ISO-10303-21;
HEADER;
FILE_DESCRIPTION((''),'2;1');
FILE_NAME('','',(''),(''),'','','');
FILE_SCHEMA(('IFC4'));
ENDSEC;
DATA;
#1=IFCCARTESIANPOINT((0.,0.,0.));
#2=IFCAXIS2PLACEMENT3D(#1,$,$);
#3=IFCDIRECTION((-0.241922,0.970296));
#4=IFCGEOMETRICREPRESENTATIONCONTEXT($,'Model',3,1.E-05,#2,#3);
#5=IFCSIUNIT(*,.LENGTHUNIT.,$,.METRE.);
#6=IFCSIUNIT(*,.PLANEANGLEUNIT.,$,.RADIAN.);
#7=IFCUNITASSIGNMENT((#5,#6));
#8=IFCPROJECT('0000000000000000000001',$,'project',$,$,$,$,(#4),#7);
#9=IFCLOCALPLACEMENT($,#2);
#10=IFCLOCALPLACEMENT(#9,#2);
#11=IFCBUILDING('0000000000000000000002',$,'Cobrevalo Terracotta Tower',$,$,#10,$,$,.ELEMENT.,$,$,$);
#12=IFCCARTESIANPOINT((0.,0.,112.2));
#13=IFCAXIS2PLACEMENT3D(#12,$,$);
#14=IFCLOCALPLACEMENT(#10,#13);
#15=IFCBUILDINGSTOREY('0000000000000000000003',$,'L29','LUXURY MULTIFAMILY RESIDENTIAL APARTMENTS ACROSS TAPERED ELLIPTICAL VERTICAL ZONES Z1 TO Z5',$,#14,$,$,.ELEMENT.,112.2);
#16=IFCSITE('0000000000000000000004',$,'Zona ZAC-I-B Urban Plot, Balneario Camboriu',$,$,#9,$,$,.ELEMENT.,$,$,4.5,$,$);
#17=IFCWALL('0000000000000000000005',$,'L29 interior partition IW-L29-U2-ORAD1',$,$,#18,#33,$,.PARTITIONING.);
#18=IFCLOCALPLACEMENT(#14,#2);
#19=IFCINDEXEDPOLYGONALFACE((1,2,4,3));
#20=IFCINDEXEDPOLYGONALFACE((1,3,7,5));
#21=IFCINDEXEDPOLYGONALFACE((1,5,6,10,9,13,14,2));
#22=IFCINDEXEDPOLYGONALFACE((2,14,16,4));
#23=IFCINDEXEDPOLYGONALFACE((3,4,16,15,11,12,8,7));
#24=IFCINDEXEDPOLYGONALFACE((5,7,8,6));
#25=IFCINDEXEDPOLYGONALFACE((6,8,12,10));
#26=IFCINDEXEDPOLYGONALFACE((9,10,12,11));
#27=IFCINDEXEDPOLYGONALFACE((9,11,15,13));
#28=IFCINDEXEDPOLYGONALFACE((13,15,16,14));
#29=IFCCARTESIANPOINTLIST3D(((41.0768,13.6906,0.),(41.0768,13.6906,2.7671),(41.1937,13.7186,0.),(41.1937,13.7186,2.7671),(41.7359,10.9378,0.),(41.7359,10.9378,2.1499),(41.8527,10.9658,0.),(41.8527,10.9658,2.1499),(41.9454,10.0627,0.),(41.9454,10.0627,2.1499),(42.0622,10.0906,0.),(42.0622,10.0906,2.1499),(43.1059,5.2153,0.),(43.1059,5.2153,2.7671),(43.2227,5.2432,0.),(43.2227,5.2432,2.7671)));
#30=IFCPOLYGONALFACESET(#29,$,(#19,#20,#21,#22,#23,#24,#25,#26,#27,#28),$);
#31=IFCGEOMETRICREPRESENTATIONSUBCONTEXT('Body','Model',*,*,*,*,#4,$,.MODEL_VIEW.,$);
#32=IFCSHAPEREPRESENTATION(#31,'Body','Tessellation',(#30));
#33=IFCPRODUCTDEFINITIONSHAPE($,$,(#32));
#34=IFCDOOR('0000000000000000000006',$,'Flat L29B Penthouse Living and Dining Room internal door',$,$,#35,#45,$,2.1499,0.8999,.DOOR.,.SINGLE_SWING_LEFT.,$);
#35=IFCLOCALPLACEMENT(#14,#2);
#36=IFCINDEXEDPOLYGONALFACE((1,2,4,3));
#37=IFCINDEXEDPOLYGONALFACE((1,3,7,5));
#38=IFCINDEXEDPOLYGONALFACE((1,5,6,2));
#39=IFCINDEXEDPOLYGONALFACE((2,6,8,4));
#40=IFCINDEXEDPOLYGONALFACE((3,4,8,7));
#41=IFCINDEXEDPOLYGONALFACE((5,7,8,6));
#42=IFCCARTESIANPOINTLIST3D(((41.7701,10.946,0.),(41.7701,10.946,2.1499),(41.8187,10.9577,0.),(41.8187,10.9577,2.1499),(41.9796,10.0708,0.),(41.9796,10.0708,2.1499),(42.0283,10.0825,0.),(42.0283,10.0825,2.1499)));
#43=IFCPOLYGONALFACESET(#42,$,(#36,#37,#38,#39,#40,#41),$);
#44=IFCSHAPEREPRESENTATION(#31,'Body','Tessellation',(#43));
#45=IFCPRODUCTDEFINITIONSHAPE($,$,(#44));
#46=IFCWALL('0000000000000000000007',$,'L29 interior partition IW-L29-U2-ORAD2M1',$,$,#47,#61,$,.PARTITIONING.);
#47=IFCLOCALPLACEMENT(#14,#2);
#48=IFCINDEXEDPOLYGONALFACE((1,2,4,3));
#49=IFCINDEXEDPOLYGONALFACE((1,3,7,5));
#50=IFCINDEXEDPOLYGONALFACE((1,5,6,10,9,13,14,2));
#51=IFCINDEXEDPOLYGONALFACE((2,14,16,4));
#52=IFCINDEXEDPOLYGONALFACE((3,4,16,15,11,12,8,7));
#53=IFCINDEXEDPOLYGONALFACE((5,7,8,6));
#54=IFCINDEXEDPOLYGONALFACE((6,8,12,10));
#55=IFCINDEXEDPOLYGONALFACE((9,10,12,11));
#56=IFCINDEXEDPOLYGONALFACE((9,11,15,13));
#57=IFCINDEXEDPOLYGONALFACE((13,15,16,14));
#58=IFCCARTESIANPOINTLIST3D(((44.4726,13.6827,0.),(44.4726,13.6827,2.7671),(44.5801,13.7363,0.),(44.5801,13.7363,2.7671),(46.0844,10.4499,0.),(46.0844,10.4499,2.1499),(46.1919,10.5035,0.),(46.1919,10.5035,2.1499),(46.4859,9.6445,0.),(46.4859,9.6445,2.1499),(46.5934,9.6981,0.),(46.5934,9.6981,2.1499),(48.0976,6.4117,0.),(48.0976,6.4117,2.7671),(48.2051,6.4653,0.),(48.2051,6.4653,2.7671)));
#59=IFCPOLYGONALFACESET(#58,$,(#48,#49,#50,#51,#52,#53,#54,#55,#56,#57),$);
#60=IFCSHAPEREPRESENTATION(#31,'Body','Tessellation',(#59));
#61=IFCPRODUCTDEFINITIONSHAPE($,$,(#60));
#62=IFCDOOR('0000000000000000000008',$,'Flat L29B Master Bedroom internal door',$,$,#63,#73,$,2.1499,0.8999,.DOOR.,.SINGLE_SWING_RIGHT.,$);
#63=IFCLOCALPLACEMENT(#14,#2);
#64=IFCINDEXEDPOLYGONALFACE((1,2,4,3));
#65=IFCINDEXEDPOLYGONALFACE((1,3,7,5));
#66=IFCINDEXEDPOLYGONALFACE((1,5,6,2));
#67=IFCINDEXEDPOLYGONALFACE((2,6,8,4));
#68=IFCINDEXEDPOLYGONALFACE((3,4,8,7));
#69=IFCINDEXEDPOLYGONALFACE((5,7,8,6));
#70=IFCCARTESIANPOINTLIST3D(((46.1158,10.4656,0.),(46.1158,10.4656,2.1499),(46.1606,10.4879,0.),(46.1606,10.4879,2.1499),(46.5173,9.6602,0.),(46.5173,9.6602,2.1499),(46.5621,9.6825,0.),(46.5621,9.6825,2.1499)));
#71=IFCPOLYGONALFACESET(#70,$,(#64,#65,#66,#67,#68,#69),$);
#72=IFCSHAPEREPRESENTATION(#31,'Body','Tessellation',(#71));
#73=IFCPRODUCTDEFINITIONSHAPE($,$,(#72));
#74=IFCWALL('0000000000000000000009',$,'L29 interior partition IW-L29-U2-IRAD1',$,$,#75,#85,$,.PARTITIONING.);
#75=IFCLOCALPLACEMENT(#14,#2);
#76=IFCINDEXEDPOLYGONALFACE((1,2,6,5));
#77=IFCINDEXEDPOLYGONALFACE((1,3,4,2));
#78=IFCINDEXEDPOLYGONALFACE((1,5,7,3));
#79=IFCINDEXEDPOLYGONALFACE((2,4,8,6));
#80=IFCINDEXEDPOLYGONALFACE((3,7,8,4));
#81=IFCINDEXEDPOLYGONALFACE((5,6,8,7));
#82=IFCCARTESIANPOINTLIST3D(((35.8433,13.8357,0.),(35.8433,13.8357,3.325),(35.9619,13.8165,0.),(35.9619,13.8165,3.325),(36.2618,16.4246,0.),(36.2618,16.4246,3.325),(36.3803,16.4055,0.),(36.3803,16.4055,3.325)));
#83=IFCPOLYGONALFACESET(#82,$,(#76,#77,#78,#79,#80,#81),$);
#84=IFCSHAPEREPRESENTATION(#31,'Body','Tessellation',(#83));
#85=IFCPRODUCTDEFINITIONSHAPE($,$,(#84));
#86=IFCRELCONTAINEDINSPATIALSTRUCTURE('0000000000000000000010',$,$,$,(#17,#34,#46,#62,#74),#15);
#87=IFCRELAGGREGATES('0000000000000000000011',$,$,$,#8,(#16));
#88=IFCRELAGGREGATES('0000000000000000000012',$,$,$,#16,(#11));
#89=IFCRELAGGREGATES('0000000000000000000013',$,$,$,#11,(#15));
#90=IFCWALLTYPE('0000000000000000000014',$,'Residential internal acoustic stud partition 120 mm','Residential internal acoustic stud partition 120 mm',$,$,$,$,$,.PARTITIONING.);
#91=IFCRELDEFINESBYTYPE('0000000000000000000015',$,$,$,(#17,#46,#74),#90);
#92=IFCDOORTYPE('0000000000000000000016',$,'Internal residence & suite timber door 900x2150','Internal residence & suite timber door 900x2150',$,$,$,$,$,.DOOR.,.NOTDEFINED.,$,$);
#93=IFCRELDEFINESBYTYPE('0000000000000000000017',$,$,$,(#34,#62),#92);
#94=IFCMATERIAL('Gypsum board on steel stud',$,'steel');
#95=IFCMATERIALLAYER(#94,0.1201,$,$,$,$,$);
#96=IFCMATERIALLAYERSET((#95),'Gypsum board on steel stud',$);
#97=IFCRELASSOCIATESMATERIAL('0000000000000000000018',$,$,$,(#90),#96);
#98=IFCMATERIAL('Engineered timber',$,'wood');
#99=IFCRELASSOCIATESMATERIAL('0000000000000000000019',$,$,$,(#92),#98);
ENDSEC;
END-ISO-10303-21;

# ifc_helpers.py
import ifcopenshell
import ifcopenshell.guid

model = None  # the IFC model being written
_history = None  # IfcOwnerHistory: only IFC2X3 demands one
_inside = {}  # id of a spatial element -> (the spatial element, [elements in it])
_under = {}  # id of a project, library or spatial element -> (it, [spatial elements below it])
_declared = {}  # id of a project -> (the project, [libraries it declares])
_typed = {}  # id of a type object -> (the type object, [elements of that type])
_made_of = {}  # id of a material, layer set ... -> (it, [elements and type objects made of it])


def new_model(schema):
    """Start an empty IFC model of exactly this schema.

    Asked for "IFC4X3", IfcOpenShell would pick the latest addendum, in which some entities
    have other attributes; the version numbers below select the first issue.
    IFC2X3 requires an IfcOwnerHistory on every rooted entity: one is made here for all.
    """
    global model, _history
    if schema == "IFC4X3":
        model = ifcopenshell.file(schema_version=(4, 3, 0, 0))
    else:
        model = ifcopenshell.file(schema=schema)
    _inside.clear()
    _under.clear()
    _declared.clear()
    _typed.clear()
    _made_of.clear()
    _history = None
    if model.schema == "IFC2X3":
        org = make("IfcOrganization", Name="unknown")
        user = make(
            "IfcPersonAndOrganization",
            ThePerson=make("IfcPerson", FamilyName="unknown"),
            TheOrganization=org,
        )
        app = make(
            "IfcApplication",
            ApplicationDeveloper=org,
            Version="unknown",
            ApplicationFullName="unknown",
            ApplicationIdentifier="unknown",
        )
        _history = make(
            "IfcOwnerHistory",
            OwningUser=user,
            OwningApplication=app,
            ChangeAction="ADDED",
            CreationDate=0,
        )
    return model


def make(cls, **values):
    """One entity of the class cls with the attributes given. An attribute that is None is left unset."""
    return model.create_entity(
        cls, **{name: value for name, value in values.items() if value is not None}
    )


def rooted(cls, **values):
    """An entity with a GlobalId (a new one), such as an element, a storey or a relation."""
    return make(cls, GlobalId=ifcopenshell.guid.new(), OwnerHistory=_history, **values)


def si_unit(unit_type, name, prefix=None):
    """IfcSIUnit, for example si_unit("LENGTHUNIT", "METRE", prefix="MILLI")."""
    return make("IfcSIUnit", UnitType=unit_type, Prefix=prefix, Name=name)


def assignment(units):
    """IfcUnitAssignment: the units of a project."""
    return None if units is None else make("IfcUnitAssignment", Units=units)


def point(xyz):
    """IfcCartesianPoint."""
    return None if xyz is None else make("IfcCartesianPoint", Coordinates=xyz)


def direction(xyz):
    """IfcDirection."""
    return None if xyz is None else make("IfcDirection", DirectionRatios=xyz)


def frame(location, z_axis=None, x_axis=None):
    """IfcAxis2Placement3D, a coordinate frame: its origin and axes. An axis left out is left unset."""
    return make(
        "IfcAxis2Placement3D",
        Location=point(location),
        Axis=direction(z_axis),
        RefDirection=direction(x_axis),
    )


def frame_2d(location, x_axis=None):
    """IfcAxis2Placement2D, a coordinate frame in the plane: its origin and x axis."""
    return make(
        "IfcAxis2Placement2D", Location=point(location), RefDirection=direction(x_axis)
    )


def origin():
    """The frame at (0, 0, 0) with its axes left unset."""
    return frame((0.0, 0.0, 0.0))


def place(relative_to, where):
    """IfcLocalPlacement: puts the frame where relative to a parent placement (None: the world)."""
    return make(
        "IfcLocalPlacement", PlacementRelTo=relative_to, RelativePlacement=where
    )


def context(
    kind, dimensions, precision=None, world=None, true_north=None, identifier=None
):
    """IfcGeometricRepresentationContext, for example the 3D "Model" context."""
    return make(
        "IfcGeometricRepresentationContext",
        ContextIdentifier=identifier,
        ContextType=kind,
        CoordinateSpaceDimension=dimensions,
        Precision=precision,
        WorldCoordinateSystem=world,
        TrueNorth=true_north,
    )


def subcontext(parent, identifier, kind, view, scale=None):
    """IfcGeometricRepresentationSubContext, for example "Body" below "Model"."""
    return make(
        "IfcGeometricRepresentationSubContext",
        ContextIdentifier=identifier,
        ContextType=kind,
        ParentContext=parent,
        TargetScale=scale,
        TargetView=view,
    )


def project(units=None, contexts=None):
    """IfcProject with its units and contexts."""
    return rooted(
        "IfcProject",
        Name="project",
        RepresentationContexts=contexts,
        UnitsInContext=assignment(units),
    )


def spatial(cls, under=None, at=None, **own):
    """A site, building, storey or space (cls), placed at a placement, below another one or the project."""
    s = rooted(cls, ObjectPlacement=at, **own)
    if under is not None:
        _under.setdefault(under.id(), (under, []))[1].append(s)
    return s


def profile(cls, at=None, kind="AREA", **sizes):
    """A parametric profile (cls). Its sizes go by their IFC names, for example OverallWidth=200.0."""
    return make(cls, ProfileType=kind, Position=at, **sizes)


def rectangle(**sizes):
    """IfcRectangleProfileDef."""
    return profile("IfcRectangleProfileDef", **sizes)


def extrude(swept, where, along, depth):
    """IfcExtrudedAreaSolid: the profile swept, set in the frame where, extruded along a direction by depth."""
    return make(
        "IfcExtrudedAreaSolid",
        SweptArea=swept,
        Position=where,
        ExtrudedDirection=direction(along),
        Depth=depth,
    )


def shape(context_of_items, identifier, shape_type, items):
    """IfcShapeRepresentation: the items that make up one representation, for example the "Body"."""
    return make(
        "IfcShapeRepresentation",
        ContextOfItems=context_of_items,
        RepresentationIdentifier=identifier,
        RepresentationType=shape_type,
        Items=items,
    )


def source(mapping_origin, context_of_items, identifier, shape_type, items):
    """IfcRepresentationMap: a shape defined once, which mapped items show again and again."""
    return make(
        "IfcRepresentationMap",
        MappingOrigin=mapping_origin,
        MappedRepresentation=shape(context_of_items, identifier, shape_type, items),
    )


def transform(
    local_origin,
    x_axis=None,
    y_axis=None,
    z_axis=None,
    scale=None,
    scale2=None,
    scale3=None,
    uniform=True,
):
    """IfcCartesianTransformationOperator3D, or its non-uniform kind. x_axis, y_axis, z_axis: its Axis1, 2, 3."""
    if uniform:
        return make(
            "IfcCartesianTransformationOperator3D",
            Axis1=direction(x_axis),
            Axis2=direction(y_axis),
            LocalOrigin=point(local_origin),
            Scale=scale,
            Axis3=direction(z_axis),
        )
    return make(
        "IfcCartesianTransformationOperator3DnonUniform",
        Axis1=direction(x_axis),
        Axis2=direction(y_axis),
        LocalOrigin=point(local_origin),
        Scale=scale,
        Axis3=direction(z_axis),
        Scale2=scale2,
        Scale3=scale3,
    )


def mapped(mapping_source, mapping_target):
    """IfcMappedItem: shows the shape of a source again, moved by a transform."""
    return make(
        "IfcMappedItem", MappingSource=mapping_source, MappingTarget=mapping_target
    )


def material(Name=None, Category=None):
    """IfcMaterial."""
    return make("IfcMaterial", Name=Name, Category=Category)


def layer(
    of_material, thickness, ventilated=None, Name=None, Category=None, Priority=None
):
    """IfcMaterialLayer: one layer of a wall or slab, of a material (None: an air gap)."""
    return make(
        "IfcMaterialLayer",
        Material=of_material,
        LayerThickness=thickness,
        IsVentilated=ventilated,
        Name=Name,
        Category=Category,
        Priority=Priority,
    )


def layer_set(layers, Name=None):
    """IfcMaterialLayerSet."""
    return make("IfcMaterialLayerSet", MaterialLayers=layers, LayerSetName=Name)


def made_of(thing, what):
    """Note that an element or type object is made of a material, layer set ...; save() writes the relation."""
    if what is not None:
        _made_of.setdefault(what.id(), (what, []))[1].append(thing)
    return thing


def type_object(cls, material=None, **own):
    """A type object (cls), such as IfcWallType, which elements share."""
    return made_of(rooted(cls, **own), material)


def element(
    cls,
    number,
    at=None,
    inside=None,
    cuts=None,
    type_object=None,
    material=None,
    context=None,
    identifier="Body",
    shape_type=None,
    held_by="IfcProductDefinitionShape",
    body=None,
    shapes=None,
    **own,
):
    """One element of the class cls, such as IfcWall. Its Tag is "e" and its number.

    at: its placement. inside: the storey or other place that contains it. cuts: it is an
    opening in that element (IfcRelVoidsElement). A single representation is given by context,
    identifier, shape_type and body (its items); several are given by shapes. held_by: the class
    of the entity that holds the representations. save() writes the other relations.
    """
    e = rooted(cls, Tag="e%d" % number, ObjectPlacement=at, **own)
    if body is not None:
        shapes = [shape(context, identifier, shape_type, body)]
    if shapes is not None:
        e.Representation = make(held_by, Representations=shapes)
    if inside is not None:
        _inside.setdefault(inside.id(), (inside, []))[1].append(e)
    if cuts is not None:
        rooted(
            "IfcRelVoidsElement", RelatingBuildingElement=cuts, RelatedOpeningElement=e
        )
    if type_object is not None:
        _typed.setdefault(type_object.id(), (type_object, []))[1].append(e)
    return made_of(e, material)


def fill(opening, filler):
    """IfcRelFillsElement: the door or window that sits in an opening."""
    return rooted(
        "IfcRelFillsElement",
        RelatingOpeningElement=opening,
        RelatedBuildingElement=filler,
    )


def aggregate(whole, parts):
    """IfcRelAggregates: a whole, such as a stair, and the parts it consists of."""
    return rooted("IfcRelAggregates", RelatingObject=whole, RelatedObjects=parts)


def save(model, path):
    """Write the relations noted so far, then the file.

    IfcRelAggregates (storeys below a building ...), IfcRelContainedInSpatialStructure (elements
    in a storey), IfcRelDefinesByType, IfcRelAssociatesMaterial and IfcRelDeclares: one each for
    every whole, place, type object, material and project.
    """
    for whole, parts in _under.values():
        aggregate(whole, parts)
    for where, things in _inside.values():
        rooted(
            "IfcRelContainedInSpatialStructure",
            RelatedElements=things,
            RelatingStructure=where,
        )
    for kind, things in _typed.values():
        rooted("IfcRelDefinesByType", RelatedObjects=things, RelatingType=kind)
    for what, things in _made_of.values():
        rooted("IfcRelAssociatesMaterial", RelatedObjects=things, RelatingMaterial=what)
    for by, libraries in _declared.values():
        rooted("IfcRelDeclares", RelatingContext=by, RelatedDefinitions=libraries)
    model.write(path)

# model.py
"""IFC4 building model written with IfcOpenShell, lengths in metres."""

from ifc_helpers import new_model, si_unit, direction, frame, frame_2d, origin, place, context, subcontext, project, spatial, rectangle, extrude, source, transform, mapped, material, layer, layer_set, type_object, element, fill, save


model = new_model("IFC4")

# Units and contexts
model_context = context("Model", 3, precision=1e-05, world=origin(), true_north=direction((-0.241922, 0.970296)))
body_context = subcontext(model_context, "Body", "Model", "MODEL_VIEW")
ifc_project = project(units=[si_unit("LENGTHUNIT", "METRE"), si_unit("PLANEANGLEUNIT", "RADIAN")], contexts=[model_context])

# Site, building, storey
site_placement = place(None, origin())
site = spatial("IfcSite", under=ifc_project, at=site_placement, Name="Zona ZAC-I-B Urban Plot, Balneario Camboriu", CompositionType="ELEMENT", RefElevation=4.5)
building_placement = place(site_placement, origin())
building = spatial("IfcBuilding", under=site, at=building_placement, Name="Cobrevalo Terracotta Tower", CompositionType="ELEMENT")
storey_placement = place(building_placement, frame((0.0, 0.0, 112.2)))
storey = spatial("IfcBuildingStorey", under=building, at=storey_placement, Name="L29", Description="LUXURY MULTIFAMILY RESIDENTIAL APARTMENTS ACROSS TAPERED ELLIPTICAL VERTICAL ZONES Z1 TO Z5", CompositionType="ELEMENT", Elevation=112.2)

# Walls, openings, doors
ifc_material_1 = material(Name="Gypsum board on steel stud", Category="steel")
ifc_layer_1 = layer(ifc_material_1, 0.1201)
ifc_layer_set_1 = layer_set([ifc_layer_1], Name="Gypsum board on steel stud")
wall_type = type_object("IfcWallType", Name="Residential internal acoustic stud partition 120 mm", Description="Residential internal acoustic stud partition 120 mm", PredefinedType="PARTITIONING", material=ifc_layer_set_1)
wall_1_placement = place(storey_placement, frame((41.1353, 13.7046, 0.0), z_axis=(0.0, 0.0, 1.0), x_axis=(0.232827, -0.972518, 0.0)))
wall_1 = element("IfcWall", 1, at=wall_1_placement, inside=storey, type_object=wall_type, Name="L29 interior partition IW-L29-U2-ORAD1", PredefinedType="PARTITIONING", context=body_context, shape_type="SweptSolid", body=[
    extrude(rectangle(XDim=8.7148, YDim=0.1201, at=frame_2d((4.3574, 0.0))), origin(), (0.0, 0.0, 1.0), 2.7671),
])
opening_1_placement = place(wall_1_placement, frame((2.8306, 0.0, 0.0)))
opening_1 = element("IfcOpeningElement", 2, at=opening_1_placement, cuts=wall_1, PredefinedType="OPENING", context=body_context, shape_type="SweptSolid", body=[
    extrude(rectangle(XDim=0.8999, YDim=2.1499, at=frame_2d((0.45, 1.075))), frame((0.0, 0.0701, 0.0), z_axis=(0.0, -1.0, 0.0), x_axis=(1.0, 0.0, 0.0)), (0.0, 0.0, 1.0), 0.1401),
])
ifc_material_2 = material(Name="Engineered timber", Category="wood")
door_type = type_object("IfcDoorType", Name="Internal residence & suite timber door 900x2150", Description="Internal residence & suite timber door 900x2150", OperationType="NOTDEFINED", PredefinedType="DOOR", material=ifc_material_2)
shared_shape_1 = source(origin(), body_context, "Body", "SweptSolid", [
    extrude(rectangle(XDim=0.8999, YDim=2.1499, at=frame_2d((0.45, 1.075))), frame((0.0, 0.0249, 0.0), z_axis=(0.0, -1.0, 0.0), x_axis=(1.0, 0.0, 0.0)), (0.0, 0.0, 1.0), 0.05),
])
door_1_placement = place(opening_1_placement, frame((0.8999, 0.0, 0.0), z_axis=(0.0, 0.0, 1.0), x_axis=(-1.0, 0.0, 0.0)))
door_1 = element("IfcDoor", 3, at=door_1_placement, inside=storey, type_object=door_type, Name="Flat L29B Penthouse Living and Dining Room internal door", OperationType="SINGLE_SWING_LEFT", OverallHeight=2.1499, OverallWidth=0.8999, PredefinedType="DOOR", context=body_context, shape_type="MappedRepresentation", body=[
    mapped(shared_shape_1, transform((0.0, 0.0, 0.0), scale=1.0)),
])
fill(opening_1, door_1)
wall_2_placement = place(storey_placement, frame((44.5264, 13.7095, 0.0), z_axis=(0.0, 0.0, 1.0), x_axis=(0.44618, -0.894943, 0.0)))
wall_2 = element("IfcWall", 4, at=wall_2_placement, inside=storey, type_object=wall_type, Name="L29 interior partition IW-L29-U2-ORAD2M1", PredefinedType="PARTITIONING", context=body_context, shape_type="SweptSolid", body=[
    extrude(rectangle(XDim=8.1245, YDim=0.1201, at=frame_2d((4.0623, 0.0))), origin(), (0.0, 0.0, 1.0), 2.7671),
])
opening_2_placement = place(wall_2_placement, frame((3.6123, 0.0, 0.0)))
opening_2 = element("IfcOpeningElement", 5, at=opening_2_placement, cuts=wall_2, PredefinedType="OPENING", context=body_context, shape_type="SweptSolid", body=[
    extrude(rectangle(XDim=0.8999, YDim=2.1499, at=frame_2d((0.45, 1.075))), frame((0.0, 0.0701, 0.0), z_axis=(0.0, -1.0, 0.0), x_axis=(1.0, 0.0, 0.0)), (0.0, 0.0, 1.0), 0.1401),
])
door_2_placement = place(opening_2_placement, frame((0.8999, 0.0, 0.0), z_axis=(0.0, 0.0, 1.0), x_axis=(-1.0, 0.0, 0.0)))
door_2 = element("IfcDoor", 6, at=door_2_placement, inside=storey, type_object=door_type, Name="Flat L29B Master Bedroom internal door", OperationType="SINGLE_SWING_RIGHT", OverallHeight=2.1499, OverallWidth=0.8999, PredefinedType="DOOR", context=body_context, shape_type="MappedRepresentation", body=[
    mapped(shared_shape_1, transform((0.0, 0.0, 0.0), scale=1.0)),
])
fill(opening_2, door_2)

# Wall
wall_3_placement = place(storey_placement, frame((36.321, 16.415, 0.0), z_axis=(0.0, 0.0, 1.0), x_axis=(-0.159566, -0.987187, 0.0)))
element("IfcWall", 7, at=wall_3_placement, inside=storey, type_object=wall_type, Name="L29 interior partition IW-L29-U2-IRAD1", PredefinedType="PARTITIONING", context=body_context, shape_type="SweptSolid", body=[
    extrude(rectangle(XDim=2.6226, YDim=0.1201, at=frame_2d((1.3113, 0.0))), origin(), (0.0, 0.0, 1.0), 3.325),
])

save(model, "model.ifc")
